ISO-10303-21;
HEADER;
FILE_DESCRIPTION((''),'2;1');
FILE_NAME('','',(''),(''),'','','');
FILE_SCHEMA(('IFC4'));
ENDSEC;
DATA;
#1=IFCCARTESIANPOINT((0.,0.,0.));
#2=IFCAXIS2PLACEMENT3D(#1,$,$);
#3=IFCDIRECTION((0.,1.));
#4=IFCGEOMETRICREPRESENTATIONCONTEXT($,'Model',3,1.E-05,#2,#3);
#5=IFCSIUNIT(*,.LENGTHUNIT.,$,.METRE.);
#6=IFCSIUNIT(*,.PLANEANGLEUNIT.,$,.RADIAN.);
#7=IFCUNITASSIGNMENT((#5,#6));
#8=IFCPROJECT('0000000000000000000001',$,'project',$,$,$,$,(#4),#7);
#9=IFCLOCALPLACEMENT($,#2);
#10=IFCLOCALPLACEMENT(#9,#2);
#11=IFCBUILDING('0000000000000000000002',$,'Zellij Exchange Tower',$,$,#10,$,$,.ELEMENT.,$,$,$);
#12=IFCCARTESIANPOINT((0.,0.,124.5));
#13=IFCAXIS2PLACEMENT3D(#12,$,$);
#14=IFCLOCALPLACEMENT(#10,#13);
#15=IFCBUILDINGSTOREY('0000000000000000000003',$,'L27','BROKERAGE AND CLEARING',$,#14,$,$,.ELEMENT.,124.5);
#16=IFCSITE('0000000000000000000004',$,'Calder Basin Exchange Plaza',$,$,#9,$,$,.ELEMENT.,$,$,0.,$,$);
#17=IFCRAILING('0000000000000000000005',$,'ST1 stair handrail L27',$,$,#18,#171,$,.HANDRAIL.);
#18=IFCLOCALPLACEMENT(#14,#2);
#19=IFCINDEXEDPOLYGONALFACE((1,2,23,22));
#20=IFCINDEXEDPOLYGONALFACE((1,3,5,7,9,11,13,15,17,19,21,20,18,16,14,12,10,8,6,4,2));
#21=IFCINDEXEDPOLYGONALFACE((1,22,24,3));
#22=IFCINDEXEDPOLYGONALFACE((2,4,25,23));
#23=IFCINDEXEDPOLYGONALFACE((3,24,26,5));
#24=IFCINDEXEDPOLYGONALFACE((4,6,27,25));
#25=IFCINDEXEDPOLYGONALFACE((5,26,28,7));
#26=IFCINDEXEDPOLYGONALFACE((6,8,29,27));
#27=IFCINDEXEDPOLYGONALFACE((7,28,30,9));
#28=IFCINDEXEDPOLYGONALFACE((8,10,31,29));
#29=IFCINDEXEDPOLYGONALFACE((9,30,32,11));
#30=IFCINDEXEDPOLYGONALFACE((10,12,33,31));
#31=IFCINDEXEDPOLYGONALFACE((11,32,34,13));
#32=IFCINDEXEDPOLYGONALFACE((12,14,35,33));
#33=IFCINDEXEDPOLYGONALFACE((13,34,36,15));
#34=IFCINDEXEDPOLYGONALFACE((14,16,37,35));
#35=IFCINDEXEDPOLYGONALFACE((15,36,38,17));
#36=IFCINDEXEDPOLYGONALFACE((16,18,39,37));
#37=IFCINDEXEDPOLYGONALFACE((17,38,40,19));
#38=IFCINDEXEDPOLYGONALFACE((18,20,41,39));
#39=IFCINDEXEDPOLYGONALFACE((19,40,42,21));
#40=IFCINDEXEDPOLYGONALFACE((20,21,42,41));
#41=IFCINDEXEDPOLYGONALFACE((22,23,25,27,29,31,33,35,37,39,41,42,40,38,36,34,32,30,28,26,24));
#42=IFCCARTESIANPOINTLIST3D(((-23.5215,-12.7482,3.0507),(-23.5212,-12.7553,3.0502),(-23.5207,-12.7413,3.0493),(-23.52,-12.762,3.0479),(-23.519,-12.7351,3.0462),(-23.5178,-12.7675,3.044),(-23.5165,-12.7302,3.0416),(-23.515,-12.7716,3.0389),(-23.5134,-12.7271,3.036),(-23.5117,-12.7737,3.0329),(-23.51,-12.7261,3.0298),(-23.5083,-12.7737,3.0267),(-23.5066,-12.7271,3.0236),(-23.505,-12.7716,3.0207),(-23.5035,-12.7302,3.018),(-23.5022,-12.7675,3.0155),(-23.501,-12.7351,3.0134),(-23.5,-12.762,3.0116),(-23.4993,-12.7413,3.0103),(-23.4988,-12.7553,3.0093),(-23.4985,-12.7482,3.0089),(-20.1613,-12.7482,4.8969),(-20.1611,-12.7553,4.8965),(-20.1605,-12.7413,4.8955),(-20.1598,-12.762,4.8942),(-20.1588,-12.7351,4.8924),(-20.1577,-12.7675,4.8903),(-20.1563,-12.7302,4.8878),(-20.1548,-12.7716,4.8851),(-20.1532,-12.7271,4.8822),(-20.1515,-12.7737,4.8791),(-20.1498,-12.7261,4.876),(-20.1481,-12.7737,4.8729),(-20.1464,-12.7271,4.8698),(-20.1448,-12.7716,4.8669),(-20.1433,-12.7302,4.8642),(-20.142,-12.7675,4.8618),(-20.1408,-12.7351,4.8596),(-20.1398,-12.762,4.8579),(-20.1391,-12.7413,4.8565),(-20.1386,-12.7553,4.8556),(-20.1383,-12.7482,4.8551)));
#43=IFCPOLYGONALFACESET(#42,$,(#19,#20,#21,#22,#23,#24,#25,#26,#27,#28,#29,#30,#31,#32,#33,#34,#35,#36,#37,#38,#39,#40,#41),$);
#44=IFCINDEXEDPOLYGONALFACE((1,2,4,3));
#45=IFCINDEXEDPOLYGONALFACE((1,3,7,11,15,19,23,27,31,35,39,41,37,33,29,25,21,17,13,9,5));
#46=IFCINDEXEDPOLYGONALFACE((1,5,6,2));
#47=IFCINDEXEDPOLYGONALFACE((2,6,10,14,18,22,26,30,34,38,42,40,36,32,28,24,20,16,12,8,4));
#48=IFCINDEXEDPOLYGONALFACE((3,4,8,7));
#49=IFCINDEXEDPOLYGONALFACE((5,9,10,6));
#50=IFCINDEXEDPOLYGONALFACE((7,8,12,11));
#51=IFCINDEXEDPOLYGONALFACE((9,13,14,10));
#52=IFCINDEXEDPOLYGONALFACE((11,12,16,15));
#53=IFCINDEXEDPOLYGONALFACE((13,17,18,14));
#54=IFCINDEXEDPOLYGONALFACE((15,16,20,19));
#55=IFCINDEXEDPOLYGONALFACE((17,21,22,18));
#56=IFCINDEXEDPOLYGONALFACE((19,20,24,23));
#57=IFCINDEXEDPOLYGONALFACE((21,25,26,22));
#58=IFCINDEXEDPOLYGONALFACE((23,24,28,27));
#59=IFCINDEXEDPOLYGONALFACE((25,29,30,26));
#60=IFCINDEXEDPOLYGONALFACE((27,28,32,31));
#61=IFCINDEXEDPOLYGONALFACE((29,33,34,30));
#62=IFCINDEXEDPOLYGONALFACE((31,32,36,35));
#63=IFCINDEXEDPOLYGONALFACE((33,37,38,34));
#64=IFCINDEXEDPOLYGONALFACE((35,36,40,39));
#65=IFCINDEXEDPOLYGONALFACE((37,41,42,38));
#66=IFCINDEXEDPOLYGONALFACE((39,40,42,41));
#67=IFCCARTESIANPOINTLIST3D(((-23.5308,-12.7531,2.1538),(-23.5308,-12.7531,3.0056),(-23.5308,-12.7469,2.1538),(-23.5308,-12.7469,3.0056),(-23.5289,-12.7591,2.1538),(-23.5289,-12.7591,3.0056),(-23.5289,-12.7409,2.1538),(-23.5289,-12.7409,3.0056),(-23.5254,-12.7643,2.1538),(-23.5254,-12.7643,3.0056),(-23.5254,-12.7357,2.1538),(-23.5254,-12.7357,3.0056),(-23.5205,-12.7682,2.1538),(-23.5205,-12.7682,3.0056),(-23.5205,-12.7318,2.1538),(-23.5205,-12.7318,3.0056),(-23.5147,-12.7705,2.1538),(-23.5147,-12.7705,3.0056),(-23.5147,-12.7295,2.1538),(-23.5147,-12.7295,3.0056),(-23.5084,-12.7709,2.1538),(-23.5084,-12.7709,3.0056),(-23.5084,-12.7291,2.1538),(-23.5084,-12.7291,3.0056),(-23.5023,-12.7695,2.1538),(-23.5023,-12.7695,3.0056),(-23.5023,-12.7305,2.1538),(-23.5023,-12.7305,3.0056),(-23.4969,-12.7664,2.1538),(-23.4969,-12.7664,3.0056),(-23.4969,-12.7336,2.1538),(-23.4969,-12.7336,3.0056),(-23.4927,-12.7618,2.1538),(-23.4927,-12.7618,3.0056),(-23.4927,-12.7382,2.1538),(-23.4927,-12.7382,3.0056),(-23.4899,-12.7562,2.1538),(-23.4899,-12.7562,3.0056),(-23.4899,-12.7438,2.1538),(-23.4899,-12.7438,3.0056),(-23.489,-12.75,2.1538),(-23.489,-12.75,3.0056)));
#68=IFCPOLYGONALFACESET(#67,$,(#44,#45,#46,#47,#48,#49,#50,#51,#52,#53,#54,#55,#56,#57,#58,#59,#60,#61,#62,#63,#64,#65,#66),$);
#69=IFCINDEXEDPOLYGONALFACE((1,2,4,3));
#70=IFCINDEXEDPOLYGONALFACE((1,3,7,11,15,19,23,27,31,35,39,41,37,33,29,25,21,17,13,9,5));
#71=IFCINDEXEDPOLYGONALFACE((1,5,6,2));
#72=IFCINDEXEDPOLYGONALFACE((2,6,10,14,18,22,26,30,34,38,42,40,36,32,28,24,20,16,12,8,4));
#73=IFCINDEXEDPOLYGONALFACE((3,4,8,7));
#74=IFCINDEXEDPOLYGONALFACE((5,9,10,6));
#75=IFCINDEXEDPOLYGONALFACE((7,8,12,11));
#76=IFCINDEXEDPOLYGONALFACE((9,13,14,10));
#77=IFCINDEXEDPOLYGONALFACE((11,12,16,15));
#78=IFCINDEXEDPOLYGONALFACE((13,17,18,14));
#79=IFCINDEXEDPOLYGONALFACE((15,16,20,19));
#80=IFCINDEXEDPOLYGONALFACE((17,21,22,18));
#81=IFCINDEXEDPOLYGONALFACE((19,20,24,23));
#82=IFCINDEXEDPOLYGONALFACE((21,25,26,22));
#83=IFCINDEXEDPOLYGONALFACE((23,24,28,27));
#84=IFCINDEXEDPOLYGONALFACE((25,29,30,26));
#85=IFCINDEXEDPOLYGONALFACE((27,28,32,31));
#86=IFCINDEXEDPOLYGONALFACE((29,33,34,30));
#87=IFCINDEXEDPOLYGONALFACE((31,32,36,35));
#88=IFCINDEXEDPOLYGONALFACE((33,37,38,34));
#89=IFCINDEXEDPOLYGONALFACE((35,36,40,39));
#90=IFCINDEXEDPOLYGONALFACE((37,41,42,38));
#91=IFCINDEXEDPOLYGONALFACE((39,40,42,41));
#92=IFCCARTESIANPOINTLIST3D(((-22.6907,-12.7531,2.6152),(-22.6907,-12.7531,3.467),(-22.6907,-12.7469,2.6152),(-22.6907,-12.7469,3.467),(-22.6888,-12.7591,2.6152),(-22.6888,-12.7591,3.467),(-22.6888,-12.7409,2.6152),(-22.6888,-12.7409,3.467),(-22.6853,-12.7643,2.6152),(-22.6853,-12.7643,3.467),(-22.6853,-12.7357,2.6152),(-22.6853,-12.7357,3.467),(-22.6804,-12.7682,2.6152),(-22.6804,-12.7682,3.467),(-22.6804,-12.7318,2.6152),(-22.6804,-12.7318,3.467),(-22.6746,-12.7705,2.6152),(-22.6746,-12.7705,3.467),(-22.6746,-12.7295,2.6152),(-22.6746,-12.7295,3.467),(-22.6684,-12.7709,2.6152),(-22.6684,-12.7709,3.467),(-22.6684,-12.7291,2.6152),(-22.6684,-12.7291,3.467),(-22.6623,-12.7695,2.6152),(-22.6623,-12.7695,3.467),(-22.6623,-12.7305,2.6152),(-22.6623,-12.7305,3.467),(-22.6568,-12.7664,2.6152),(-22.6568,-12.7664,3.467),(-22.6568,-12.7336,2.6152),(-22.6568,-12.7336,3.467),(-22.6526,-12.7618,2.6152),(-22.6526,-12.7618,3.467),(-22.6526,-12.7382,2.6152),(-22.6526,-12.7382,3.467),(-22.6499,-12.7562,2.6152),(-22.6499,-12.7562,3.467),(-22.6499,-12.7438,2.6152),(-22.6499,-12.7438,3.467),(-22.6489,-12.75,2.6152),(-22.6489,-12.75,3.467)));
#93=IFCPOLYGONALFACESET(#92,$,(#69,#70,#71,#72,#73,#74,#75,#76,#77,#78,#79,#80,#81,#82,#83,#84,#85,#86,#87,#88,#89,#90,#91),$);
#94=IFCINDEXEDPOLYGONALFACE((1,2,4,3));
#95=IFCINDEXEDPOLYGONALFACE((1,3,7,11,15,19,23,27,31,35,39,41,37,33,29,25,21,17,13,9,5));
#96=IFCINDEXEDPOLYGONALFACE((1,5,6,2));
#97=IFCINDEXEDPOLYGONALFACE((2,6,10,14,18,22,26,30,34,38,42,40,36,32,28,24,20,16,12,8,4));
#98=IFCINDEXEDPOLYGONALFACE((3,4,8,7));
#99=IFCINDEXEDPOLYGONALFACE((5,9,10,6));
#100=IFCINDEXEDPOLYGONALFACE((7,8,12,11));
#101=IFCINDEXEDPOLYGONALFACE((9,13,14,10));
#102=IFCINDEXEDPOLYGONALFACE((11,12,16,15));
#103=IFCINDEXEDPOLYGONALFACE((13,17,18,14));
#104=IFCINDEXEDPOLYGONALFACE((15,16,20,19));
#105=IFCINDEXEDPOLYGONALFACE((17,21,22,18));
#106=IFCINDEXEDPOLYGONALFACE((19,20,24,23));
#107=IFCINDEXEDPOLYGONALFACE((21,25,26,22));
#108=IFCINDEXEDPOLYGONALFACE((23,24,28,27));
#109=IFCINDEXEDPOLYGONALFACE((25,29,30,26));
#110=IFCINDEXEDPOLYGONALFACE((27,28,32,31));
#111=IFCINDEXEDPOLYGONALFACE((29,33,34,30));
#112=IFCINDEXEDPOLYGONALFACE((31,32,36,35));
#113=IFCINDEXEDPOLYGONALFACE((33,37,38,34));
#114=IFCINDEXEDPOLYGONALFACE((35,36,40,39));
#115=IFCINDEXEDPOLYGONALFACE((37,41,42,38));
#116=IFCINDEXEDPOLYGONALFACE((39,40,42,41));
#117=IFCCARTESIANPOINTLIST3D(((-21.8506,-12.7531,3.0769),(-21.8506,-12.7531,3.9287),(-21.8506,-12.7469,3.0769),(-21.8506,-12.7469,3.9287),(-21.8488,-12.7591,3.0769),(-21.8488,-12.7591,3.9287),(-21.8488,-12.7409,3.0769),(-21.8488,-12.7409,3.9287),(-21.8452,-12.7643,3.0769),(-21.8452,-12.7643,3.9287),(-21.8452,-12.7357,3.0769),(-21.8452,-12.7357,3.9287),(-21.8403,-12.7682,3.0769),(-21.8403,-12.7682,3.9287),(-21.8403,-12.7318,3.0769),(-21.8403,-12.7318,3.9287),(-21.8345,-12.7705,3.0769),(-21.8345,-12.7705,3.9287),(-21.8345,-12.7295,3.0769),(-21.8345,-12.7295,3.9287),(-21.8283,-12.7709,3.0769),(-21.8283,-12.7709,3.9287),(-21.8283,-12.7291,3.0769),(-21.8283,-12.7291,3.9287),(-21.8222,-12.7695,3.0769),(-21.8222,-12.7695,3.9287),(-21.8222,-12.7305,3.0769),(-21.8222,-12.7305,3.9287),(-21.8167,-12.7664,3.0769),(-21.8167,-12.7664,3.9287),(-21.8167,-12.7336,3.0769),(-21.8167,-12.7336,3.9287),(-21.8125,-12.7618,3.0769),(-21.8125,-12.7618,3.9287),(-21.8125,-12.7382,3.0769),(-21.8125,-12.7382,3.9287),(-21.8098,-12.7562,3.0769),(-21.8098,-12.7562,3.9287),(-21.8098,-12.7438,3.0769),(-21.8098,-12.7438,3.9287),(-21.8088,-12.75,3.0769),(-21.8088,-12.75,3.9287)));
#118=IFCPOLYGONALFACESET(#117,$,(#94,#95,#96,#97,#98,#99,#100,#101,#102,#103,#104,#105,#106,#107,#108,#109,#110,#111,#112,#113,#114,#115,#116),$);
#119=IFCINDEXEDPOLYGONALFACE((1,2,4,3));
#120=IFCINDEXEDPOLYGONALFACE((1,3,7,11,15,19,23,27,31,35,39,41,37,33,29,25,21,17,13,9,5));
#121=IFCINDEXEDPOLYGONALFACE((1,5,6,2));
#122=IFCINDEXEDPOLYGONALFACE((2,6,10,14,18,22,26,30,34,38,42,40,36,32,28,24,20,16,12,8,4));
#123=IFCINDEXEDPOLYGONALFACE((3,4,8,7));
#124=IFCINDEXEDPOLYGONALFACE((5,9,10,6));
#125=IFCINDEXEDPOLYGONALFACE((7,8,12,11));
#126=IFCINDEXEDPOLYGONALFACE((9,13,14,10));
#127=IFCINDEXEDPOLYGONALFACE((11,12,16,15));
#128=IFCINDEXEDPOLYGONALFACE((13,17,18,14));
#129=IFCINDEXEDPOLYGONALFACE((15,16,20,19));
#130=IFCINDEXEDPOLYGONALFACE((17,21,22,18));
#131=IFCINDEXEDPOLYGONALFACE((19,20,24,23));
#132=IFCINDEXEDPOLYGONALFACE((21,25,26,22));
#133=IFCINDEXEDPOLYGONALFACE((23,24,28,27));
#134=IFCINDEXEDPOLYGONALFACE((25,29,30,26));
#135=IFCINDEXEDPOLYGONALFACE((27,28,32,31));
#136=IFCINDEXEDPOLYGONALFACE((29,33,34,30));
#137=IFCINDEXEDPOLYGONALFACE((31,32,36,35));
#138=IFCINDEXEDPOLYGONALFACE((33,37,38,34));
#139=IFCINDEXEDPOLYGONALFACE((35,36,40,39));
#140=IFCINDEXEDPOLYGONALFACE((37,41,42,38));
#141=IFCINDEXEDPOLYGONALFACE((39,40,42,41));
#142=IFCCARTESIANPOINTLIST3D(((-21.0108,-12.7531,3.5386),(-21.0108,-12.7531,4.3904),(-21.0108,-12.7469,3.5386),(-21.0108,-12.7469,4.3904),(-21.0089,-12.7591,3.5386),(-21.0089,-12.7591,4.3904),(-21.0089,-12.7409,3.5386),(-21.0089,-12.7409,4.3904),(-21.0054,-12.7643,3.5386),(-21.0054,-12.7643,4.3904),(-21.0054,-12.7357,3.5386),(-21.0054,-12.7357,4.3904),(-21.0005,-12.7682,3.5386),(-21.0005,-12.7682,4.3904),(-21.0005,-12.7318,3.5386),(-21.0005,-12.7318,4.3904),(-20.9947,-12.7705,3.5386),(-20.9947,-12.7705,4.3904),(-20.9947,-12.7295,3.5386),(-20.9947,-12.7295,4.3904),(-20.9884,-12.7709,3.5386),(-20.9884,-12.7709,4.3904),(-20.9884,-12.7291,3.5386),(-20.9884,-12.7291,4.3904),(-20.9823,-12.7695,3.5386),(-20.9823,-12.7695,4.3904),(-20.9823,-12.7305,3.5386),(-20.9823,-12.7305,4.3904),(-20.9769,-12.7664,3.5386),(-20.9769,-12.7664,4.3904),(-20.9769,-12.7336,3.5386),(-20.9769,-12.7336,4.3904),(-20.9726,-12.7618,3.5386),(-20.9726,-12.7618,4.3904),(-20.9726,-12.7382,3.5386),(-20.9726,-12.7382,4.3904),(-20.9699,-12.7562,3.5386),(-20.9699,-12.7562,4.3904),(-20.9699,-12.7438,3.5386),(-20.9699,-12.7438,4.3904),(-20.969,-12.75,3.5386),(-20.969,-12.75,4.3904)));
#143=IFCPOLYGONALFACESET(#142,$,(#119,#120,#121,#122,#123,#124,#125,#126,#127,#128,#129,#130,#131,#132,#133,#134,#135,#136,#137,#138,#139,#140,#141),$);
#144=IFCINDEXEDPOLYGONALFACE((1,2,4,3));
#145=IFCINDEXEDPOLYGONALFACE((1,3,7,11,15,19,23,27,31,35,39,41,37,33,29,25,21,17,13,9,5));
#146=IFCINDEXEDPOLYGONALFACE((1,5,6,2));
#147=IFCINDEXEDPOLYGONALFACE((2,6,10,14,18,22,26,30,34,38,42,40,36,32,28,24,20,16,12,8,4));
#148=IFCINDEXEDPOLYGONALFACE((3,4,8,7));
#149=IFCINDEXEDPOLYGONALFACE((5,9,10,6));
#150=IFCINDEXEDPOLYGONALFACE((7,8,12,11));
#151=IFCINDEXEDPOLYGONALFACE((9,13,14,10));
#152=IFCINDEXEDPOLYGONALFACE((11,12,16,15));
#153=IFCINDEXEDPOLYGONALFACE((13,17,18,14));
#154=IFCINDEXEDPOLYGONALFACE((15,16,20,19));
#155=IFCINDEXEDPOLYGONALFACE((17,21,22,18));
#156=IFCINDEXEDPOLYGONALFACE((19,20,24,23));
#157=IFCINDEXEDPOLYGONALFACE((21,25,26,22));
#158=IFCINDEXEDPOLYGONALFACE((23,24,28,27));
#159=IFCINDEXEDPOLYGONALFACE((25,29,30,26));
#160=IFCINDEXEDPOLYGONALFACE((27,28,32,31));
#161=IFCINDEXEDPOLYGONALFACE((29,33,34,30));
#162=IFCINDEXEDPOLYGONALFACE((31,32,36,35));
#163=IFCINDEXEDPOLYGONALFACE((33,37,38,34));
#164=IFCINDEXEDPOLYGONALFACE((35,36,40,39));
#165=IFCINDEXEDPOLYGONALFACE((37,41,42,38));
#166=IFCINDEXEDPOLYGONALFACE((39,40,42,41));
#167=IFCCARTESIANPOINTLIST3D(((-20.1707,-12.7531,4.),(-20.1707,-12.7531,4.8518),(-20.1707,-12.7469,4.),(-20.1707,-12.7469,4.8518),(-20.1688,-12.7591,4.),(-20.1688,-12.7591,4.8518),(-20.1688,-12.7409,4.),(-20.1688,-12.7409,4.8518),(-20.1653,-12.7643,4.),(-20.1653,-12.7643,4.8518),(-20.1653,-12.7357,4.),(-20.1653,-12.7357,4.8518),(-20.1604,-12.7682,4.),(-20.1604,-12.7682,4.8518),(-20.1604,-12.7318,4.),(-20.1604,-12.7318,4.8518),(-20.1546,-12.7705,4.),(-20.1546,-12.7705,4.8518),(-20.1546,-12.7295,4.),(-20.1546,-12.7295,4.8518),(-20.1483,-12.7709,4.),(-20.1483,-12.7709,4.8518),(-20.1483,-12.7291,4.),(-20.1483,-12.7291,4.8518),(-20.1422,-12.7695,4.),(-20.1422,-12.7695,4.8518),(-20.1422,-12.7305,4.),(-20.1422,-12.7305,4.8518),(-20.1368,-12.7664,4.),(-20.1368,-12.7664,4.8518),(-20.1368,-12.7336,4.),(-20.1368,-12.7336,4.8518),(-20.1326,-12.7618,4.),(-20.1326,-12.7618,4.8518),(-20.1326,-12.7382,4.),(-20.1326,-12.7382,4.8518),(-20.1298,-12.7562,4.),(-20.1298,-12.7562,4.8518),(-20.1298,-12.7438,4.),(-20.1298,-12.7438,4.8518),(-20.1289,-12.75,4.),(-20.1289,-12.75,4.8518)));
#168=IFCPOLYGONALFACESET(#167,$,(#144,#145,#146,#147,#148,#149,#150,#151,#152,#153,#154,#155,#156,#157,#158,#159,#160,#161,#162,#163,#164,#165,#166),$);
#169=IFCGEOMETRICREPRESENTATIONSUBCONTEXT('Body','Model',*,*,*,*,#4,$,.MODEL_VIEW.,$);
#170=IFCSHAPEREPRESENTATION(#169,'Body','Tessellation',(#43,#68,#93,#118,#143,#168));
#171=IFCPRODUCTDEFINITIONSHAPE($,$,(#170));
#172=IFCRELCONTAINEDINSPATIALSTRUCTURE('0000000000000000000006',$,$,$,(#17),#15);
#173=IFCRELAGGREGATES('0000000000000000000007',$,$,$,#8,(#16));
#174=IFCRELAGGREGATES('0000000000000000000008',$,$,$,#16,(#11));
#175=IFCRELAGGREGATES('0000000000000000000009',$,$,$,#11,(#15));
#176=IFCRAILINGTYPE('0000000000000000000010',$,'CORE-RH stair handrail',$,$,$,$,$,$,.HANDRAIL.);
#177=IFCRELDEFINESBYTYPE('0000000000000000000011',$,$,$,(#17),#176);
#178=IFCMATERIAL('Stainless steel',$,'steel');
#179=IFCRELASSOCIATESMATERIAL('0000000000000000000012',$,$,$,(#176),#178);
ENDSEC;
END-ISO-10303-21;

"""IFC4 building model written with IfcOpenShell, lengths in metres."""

from ifc_helpers import new_model, si_unit, direction, frame, origin, origin_2d, place, context, subcontext, project, spatial, circle, extrude, material, type_object, element, save


model = new_model("IFC4")

# Units and contexts
model_context = context("Model", 3, precision=1e-05, world=origin(), true_north=direction((0.0, 1.0)))
body_context = subcontext(model_context, "Body", "Model", "MODEL_VIEW")
ifc_project = project(units=[si_unit("LENGTHUNIT", "METRE"), si_unit("PLANEANGLEUNIT", "RADIAN")], contexts=[model_context])

# Site, building, storey
site_placement = place(None, origin())
site = spatial("IfcSite", under=ifc_project, at=site_placement, Name="Calder Basin Exchange Plaza", CompositionType="ELEMENT", RefElevation=0.0)
building_placement = place(site_placement, origin())
building = spatial("IfcBuilding", under=site, at=building_placement, Name="Zellij Exchange Tower", CompositionType="ELEMENT")
storey_placement = place(building_placement, frame((0.0, 0.0, 124.5)))
storey = spatial("IfcBuildingStorey", under=building, at=storey_placement, Name="L27", Description="BROKERAGE AND CLEARING", CompositionType="ELEMENT", Elevation=124.5)

# Railing
ifc_material_1 = material(Name="Stainless steel", Category="steel")
railing_type = type_object("IfcRailingType", Name="CORE-RH stair handrail", PredefinedType="HANDRAIL", material=ifc_material_1)
railing_placement = place(storey_placement, frame((-23.51, -12.75, 2.1538)))
element("IfcRailing", 1, at=railing_placement, inside=storey, type_object=railing_type, Name="ST1 stair handrail L27", PredefinedType="HANDRAIL", context=body_context, shape_type="SweptSolid", body=[
    extrude(circle(Radius=0.0239, at=origin_2d()), frame((0.0, 0.0, 0.876), z_axis=(0.876422, 0.0, 0.481545), x_axis=(0.0, 1.0, 0.0)), (0.0, 0.0, 1.0), 3.834),
    extrude(circle(Radius=0.021, at=origin_2d()), origin(), (0.0, 0.0, 1.0), 0.8518),
    extrude(circle(Radius=0.021, at=origin_2d()), frame((0.8401, 0.0, 0.4614)), (0.0, 0.0, 1.0), 0.8518),
    extrude(circle(Radius=0.021, at=origin_2d()), frame((1.6802, 0.0, 0.9231)), (0.0, 0.0, 1.0), 0.8518),
    extrude(circle(Radius=0.021, at=origin_2d()), frame((2.52, 0.0, 1.3848)), (0.0, 0.0, 1.0), 0.8518),
    extrude(circle(Radius=0.021, at=origin_2d()), frame((3.3601, 0.0, 1.8462)), (0.0, 0.0, 1.0), 0.8518),
])

save(model, "model.ifc")
